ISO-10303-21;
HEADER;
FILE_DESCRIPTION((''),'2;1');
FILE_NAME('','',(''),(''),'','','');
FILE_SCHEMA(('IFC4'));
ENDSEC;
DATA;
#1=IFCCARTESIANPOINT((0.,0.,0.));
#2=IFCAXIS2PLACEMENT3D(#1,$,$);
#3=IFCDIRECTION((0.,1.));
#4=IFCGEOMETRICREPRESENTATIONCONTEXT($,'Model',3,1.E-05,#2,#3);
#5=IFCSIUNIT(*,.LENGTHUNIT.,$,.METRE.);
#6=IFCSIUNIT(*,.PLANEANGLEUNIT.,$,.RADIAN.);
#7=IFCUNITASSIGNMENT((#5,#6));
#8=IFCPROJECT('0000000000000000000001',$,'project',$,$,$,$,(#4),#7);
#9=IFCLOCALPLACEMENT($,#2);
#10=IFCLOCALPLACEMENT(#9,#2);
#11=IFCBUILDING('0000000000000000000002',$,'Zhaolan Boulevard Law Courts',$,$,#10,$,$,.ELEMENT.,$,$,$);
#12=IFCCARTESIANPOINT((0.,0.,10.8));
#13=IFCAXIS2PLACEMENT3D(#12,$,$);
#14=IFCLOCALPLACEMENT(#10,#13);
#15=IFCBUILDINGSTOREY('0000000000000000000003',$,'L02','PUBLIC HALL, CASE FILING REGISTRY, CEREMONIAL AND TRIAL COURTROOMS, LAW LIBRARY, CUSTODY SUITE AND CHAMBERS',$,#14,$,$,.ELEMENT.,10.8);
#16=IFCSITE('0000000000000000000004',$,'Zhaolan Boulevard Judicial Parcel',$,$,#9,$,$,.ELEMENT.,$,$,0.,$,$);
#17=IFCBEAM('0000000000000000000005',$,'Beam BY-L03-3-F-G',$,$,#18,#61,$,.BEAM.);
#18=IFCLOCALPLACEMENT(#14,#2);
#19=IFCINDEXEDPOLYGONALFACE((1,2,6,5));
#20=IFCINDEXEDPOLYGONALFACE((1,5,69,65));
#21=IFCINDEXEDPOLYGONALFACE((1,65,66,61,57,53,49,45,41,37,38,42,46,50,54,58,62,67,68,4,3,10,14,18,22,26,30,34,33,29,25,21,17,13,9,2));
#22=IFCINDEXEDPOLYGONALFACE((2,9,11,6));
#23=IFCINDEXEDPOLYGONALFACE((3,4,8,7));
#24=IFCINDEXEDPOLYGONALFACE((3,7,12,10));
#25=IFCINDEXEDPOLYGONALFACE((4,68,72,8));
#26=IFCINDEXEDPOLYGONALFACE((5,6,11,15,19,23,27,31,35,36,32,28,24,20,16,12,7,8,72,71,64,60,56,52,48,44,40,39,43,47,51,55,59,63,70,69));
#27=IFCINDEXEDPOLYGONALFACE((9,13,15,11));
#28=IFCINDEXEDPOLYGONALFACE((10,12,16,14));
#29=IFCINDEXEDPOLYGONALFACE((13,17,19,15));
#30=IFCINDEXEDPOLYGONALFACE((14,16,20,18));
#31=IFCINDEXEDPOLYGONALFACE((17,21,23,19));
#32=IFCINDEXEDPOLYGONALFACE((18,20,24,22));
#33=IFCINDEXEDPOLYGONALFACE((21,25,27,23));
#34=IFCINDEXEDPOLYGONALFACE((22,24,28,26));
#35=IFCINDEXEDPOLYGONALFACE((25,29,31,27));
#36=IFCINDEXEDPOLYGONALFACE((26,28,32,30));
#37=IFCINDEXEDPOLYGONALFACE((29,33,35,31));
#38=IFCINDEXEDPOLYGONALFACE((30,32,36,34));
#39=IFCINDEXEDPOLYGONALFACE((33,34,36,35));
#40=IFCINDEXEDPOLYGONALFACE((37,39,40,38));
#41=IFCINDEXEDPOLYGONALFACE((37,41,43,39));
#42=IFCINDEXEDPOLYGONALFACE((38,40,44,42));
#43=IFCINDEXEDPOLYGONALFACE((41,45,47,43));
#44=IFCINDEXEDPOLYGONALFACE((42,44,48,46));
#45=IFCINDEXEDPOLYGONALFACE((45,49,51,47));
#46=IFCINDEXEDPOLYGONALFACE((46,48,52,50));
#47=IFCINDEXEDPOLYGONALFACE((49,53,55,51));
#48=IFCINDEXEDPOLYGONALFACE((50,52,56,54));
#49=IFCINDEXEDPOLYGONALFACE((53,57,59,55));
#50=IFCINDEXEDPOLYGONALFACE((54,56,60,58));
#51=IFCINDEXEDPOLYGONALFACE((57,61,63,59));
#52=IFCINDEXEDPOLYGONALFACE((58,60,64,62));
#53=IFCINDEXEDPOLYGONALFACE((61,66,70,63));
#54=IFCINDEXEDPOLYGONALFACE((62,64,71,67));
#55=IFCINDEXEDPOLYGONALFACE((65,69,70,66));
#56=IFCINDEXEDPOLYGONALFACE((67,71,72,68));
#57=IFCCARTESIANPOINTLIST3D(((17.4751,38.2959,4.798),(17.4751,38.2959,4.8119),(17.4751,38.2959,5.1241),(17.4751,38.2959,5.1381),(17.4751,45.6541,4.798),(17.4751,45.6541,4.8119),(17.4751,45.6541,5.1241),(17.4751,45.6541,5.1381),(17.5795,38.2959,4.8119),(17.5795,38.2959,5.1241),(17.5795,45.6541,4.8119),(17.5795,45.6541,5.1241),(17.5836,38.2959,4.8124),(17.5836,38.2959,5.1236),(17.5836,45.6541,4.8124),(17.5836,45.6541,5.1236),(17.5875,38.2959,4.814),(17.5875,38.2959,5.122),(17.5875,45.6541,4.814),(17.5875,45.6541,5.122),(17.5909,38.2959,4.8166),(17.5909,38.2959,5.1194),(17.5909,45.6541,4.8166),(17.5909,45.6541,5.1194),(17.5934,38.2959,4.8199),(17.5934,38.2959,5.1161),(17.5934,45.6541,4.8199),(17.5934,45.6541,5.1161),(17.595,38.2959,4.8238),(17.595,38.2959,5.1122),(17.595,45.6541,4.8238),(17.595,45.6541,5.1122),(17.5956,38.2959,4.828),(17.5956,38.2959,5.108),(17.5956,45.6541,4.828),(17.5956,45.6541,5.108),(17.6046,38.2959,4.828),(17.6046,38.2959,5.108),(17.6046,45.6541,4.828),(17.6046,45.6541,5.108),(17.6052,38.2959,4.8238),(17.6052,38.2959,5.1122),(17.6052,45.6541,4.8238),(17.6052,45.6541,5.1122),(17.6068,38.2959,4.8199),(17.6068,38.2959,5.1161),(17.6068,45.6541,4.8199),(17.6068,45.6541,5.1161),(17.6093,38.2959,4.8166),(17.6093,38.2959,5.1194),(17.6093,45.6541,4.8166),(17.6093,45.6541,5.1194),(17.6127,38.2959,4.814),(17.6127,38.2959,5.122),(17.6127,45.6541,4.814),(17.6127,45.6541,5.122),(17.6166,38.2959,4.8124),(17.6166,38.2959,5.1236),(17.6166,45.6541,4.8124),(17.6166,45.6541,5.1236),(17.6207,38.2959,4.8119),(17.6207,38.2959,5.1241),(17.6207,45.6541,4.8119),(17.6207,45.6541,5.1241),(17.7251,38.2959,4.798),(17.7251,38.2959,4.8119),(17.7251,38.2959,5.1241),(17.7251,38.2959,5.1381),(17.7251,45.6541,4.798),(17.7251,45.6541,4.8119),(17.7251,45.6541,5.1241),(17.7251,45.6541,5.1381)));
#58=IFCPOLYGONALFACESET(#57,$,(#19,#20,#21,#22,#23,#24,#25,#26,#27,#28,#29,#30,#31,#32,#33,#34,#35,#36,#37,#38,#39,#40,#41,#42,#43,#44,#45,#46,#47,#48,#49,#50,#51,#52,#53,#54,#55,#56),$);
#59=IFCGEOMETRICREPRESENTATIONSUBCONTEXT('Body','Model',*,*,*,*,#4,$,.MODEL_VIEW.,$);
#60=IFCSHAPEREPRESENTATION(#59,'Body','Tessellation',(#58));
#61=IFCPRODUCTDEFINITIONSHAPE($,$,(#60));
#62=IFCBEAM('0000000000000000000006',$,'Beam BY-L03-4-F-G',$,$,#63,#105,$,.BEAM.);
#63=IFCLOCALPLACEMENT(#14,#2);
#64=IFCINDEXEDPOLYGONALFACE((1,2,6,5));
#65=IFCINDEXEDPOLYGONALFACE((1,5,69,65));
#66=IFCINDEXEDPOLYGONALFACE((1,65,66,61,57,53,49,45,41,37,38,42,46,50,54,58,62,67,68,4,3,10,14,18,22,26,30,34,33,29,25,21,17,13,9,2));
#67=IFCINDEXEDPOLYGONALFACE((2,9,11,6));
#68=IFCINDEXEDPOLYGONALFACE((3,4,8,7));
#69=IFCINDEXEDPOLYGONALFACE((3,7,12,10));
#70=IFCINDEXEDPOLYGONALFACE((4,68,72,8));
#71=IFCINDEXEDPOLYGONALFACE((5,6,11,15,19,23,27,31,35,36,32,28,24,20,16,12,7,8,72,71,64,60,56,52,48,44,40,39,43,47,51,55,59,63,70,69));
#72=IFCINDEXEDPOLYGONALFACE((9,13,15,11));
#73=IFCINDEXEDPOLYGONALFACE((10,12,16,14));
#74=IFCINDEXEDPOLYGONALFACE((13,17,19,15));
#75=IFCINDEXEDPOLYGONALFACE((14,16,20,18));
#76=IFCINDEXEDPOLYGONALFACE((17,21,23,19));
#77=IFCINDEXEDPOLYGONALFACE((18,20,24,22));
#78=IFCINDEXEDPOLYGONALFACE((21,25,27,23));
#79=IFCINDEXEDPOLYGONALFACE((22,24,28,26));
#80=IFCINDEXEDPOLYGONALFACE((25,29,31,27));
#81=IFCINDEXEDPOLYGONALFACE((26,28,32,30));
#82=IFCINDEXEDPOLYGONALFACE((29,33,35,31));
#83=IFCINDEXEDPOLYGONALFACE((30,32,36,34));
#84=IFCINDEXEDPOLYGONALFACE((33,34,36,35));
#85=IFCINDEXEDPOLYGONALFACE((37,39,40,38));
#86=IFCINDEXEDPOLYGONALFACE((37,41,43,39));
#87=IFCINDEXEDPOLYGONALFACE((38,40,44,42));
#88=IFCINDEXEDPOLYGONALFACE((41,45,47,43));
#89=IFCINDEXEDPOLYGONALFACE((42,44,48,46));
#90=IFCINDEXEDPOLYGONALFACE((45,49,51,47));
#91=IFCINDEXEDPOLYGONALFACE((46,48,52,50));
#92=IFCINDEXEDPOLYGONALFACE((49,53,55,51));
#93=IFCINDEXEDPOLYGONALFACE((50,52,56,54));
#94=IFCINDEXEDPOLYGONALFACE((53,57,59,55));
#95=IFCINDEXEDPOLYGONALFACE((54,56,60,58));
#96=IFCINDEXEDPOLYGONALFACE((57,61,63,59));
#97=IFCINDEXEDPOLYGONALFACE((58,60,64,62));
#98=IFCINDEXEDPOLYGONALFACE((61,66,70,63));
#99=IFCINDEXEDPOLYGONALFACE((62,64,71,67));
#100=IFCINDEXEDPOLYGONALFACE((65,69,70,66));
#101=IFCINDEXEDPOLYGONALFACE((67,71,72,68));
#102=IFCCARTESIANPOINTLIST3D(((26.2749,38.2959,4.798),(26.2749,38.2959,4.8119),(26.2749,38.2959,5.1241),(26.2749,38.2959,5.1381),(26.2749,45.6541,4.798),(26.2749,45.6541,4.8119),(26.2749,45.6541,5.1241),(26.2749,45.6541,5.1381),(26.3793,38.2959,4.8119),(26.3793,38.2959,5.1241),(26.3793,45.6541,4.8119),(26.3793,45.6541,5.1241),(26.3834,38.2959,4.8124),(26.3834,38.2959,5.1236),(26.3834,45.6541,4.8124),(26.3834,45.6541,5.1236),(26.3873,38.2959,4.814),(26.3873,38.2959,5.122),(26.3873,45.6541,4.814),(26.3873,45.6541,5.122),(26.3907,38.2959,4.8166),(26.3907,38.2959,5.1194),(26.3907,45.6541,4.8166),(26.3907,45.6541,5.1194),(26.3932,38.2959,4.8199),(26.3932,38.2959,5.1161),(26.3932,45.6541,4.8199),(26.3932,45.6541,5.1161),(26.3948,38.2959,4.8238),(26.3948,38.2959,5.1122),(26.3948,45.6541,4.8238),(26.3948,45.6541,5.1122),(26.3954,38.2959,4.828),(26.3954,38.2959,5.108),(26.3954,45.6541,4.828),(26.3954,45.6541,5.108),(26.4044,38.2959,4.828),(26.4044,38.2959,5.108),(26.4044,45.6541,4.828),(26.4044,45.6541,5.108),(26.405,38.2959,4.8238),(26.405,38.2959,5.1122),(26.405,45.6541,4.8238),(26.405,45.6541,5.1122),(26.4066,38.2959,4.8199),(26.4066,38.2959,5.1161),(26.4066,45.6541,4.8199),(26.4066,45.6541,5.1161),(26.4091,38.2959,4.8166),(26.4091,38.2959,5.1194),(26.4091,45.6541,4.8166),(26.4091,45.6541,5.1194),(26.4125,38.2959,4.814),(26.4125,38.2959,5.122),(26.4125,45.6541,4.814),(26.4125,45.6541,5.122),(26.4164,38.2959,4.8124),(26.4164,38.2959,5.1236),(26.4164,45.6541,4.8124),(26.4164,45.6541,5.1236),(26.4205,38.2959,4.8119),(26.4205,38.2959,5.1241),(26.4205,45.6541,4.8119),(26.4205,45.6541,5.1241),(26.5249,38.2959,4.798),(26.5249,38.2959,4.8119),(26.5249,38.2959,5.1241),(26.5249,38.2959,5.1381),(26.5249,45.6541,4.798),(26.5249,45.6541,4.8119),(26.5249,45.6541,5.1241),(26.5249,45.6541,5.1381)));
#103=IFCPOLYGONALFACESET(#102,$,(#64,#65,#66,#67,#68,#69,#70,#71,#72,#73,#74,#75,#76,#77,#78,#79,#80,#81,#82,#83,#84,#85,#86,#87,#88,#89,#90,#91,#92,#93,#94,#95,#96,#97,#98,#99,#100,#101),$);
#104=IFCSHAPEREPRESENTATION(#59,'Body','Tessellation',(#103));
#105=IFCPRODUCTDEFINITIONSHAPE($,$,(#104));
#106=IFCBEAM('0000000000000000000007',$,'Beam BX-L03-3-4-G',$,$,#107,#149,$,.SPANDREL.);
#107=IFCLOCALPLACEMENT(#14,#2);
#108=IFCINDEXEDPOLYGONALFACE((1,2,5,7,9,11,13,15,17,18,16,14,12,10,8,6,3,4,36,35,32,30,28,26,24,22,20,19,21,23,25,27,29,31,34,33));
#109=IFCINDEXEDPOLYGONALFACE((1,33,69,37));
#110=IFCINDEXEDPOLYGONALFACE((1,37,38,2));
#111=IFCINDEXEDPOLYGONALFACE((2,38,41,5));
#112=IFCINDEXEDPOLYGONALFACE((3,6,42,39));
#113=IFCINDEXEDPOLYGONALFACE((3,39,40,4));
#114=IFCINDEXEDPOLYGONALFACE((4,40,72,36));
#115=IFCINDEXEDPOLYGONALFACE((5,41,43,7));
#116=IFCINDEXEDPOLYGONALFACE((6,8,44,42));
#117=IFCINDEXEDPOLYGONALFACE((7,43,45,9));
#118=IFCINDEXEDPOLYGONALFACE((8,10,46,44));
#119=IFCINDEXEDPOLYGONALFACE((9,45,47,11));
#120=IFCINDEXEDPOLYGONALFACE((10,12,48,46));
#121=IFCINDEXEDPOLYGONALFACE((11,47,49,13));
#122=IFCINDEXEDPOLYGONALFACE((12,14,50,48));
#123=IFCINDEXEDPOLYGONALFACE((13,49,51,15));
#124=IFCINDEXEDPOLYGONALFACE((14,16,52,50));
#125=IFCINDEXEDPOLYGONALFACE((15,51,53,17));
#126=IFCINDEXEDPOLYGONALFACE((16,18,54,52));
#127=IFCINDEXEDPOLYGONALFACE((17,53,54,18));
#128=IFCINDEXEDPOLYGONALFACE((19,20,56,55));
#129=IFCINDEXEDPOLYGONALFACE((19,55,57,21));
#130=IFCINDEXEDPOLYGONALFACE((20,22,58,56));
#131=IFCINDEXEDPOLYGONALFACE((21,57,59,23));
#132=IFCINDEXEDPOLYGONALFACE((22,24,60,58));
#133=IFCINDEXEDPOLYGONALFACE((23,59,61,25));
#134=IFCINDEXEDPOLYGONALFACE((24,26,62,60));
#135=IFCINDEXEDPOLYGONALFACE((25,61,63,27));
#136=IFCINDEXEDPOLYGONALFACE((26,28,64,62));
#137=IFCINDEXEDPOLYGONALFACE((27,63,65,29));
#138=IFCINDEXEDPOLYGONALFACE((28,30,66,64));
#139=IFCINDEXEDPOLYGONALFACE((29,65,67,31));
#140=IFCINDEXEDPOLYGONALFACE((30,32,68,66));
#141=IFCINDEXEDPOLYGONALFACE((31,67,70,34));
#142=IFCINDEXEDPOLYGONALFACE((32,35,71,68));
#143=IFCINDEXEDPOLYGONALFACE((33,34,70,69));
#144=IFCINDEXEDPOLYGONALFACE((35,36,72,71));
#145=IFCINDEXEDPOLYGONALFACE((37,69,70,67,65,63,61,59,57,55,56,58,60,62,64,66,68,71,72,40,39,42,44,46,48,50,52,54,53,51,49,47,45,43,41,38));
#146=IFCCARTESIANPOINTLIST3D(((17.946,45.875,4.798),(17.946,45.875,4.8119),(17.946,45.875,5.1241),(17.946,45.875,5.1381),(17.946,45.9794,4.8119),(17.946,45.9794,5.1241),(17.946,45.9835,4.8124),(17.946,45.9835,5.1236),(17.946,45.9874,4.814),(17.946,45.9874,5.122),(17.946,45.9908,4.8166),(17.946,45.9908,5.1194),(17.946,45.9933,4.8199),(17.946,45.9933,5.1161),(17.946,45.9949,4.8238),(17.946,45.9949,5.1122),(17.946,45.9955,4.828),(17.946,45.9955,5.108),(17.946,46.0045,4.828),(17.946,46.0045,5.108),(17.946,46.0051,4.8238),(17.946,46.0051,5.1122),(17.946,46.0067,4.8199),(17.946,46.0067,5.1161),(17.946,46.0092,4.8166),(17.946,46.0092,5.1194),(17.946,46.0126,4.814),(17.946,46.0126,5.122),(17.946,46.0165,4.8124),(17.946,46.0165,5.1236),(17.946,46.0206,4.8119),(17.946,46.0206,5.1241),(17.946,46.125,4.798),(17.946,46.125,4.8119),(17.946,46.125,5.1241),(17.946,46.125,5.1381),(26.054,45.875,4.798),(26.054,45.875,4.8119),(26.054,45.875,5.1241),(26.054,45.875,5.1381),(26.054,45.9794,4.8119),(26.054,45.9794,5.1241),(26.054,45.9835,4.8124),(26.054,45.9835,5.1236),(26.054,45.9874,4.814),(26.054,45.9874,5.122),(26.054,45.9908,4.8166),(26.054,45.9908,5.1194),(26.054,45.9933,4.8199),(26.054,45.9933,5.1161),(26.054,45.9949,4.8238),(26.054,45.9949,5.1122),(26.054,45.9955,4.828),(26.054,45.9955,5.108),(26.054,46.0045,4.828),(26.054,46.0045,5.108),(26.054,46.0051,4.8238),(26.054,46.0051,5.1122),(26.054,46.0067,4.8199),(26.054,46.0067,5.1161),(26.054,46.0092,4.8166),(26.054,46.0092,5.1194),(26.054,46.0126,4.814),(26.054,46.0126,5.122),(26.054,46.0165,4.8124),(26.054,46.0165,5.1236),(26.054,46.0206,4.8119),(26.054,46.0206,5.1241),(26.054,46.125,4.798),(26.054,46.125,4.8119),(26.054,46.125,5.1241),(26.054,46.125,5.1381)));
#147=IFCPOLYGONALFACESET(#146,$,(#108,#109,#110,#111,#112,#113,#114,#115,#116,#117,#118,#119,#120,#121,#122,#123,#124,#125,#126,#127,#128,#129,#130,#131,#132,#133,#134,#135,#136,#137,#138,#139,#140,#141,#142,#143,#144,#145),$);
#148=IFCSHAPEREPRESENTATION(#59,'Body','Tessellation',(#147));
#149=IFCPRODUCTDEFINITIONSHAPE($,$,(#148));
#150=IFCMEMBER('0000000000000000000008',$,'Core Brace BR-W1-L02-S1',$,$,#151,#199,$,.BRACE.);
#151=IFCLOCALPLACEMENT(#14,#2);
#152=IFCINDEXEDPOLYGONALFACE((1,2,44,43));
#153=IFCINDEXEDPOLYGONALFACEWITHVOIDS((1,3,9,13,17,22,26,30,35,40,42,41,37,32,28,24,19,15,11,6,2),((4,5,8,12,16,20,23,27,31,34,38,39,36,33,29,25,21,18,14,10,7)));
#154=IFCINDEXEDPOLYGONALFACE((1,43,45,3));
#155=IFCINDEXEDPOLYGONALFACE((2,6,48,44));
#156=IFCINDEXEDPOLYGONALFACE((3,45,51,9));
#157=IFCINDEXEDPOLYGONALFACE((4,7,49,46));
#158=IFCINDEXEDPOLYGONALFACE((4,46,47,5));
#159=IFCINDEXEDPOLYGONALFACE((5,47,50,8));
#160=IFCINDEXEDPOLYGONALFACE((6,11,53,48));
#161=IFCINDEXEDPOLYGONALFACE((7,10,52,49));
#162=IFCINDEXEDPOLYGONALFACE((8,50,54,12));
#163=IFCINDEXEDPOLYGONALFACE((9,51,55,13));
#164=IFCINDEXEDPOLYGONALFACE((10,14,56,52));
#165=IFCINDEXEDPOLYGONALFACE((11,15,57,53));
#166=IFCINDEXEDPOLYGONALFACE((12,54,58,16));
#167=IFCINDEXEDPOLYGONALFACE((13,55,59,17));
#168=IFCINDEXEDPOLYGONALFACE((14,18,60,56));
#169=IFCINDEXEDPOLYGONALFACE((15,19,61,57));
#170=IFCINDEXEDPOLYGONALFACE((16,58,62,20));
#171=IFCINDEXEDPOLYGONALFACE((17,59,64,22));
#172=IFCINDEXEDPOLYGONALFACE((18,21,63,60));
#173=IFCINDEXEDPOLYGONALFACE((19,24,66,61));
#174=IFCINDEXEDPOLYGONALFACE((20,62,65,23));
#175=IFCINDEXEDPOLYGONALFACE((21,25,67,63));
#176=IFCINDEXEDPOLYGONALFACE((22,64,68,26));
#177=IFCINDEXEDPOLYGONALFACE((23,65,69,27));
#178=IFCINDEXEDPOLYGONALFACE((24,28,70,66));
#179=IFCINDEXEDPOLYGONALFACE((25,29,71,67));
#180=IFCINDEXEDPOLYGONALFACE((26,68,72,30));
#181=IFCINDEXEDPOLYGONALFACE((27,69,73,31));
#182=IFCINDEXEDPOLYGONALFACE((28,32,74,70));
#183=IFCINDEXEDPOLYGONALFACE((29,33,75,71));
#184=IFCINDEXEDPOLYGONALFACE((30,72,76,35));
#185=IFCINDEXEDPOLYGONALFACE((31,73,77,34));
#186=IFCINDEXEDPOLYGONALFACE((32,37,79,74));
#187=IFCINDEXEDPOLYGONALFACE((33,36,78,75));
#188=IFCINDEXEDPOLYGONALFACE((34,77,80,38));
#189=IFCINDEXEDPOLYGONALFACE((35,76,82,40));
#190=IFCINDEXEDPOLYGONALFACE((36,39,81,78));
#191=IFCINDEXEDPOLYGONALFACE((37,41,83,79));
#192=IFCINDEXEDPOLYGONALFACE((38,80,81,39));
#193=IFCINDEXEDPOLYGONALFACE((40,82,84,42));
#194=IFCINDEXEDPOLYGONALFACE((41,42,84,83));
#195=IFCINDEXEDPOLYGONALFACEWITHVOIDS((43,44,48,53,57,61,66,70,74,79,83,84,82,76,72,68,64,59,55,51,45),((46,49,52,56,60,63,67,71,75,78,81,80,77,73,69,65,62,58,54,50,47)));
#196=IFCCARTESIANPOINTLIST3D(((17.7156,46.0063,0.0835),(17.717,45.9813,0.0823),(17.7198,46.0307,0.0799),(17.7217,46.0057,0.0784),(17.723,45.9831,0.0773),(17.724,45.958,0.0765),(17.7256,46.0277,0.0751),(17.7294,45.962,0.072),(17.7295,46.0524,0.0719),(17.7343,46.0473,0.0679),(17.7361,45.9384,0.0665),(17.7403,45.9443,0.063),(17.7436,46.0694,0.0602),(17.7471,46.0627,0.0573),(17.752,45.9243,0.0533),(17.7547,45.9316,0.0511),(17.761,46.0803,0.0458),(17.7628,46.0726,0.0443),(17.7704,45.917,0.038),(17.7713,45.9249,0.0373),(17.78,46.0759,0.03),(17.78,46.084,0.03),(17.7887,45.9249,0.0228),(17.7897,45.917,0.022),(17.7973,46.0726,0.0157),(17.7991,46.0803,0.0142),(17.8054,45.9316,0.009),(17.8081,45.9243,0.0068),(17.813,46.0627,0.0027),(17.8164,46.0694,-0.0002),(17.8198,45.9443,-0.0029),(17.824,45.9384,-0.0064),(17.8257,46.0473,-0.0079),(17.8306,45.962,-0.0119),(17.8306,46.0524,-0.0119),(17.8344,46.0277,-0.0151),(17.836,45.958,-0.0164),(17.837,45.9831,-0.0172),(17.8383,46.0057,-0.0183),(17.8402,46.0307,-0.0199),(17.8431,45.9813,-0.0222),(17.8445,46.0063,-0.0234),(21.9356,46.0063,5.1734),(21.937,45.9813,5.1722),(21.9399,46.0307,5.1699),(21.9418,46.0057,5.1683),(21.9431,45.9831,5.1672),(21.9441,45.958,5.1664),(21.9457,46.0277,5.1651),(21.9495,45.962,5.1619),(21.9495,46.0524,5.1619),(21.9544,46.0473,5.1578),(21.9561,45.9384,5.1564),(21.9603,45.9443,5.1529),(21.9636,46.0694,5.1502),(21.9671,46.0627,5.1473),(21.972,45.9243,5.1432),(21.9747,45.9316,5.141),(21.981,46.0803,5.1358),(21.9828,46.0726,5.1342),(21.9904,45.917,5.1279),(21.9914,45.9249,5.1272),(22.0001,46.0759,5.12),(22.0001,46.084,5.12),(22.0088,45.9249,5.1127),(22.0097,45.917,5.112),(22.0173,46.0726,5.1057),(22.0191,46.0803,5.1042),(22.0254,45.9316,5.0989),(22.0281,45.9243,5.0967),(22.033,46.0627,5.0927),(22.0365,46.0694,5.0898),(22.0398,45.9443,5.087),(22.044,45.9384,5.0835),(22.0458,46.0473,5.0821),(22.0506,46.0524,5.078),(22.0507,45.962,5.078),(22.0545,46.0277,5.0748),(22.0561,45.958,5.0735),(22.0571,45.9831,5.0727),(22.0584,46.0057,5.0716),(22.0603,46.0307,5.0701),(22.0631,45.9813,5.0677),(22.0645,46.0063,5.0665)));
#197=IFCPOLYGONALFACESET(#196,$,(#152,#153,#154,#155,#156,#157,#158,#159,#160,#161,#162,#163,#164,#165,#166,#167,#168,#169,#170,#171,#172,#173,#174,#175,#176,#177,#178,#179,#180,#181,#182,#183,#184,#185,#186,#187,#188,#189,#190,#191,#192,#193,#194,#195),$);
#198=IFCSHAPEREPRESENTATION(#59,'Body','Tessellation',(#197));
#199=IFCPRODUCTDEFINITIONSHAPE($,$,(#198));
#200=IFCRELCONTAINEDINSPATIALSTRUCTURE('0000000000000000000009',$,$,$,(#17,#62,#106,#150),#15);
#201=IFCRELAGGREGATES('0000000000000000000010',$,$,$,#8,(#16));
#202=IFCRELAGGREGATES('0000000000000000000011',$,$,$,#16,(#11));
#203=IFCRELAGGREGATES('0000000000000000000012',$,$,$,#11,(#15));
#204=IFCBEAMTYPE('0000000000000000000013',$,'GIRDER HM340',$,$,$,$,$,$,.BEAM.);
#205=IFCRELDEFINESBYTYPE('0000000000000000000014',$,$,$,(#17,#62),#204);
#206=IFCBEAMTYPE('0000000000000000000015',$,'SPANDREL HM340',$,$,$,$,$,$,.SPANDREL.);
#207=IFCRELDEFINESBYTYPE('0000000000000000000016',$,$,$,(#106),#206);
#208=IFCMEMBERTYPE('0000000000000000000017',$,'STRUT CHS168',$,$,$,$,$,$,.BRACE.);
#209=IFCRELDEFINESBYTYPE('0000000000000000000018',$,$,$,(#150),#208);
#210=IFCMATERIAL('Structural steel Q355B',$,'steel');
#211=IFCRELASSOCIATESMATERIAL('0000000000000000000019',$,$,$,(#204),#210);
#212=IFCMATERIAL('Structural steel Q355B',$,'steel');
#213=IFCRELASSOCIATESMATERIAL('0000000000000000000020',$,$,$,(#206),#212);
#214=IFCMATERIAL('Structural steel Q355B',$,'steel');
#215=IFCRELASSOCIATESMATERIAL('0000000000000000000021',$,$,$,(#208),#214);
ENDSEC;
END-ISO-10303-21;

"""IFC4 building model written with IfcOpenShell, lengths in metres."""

from ifc_helpers import new_model, si_unit, direction, frame, origin, origin_2d, place, context, subcontext, project, spatial, hollow_circle, i_section, extrude, material, material_profile, profile_set, type_object, element, save


model = new_model("IFC4")

# Units and contexts
model_context = context("Model", 3, precision=1e-05, world=origin(), true_north=direction((0.0, 1.0)))
body_context = subcontext(model_context, "Body", "Model", "MODEL_VIEW")
ifc_project = project(units=[si_unit("LENGTHUNIT", "METRE"), si_unit("PLANEANGLEUNIT", "RADIAN")], contexts=[model_context])

# Site, building, storey
site_placement = place(None, origin())
site = spatial("IfcSite", under=ifc_project, at=site_placement, Name="Zhaolan Boulevard Judicial Parcel", CompositionType="ELEMENT", RefElevation=0.0)
building_placement = place(site_placement, origin())
building = spatial("IfcBuilding", under=site, at=building_placement, Name="Zhaolan Boulevard Law Courts", CompositionType="ELEMENT")
storey_placement = place(building_placement, frame((0.0, 0.0, 10.8)))
storey = spatial("IfcBuildingStorey", under=building, at=storey_placement, Name="L02", Description="PUBLIC HALL, CASE FILING REGISTRY, CEREMONIAL AND TRIAL COURTROOMS, LAW LIBRARY, CUSTODY SUITE AND CHAMBERS", CompositionType="ELEMENT", Elevation=10.8)

# Beams
ifc_material_1 = material(Name="Structural steel Q355B", Category="steel")
ifc_material_profile_1 = material_profile(ifc_material_1, i_section(OverallWidth=0.25, OverallDepth=0.3401, WebThickness=0.009, FlangeThickness=0.0139, FilletRadius=0.0161, at=origin_2d()), Name="HM340x250")
ifc_profile_set_1 = profile_set([ifc_material_profile_1], Name="Structural steel Q355B")
beam_type_1 = type_object("IfcBeamType", Name="GIRDER HM340", PredefinedType="BEAM", material=ifc_profile_set_1)
for number, where, z_axis, x_axis, name in (
    (1, (17.6001, 38.2959, 4.968), (0.0, 1.0, 0.0), (-1.0, 0.0, 0.0), "Beam BY-L03-3-F-G"),
    (2, (26.3999, 38.2959, 4.968), (0.0, 1.0, 0.0), (-1.0, 0.0, 0.0), "Beam BY-L03-4-F-G"),
):
    element("IfcBeam", number, at=place(storey_placement, frame(where, z_axis=z_axis, x_axis=x_axis)), inside=storey, type_object=beam_type_1, Name=name, PredefinedType="BEAM", context=body_context, shape_type="SweptSolid", body=[
        extrude(i_section(OverallWidth=0.25, OverallDepth=0.3401, WebThickness=0.009, FlangeThickness=0.0139, FilletRadius=0.0161, at=origin_2d()), origin(), (0.0, 0.0, 1.0), 7.3582),
    ])
ifc_material_2 = material(Name="Structural steel Q355B", Category="steel")
ifc_material_profile_2 = material_profile(ifc_material_2, i_section(OverallWidth=0.25, OverallDepth=0.3401, WebThickness=0.009, FlangeThickness=0.0139, FilletRadius=0.0161, at=origin_2d()), Name="HM340x250")
ifc_profile_set_2 = profile_set([ifc_material_profile_2], Name="Structural steel Q355B")
beam_type_2 = type_object("IfcBeamType", Name="SPANDREL HM340", PredefinedType="SPANDREL", material=ifc_profile_set_2)
beam_placement = place(storey_placement, frame((17.946, 46.0, 4.968), z_axis=(1.0, 0.0, 0.0), x_axis=(0.0, 1.0, 0.0)))
element("IfcBeam", 3, at=beam_placement, inside=storey, type_object=beam_type_2, Name="Beam BX-L03-3-4-G", PredefinedType="SPANDREL", context=body_context, shape_type="SweptSolid", body=[
    extrude(i_section(OverallWidth=0.25, OverallDepth=0.3401, WebThickness=0.009, FlangeThickness=0.0139, FilletRadius=0.0161, at=origin_2d()), origin(), (0.0, 0.0, 1.0), 8.1079),
])

# Member
ifc_material_3 = material(Name="Structural steel Q355B", Category="steel")
ifc_material_profile_3 = material_profile(ifc_material_3, hollow_circle(Radius=0.084, WallThickness=0.0081, at=origin_2d()), Name="CHS168x8")
ifc_profile_set_3 = profile_set([ifc_material_profile_3], Name="Structural steel Q355B")
member_type_1 = type_object("IfcMemberType", Name="STRUT CHS168", PredefinedType="BRACE", material=ifc_profile_set_3)
member_1_placement = place(storey_placement, frame((17.78, 46.0, 0.03), z_axis=(0.638257, 0.0, 0.769823), x_axis=(0.0, 1.0, 0.0)))
element("IfcMember", 4, at=member_1_placement, inside=storey, type_object=member_type_1, Name="Core Brace BR-W1-L02-S1", PredefinedType="BRACE", context=body_context, shape_type="SweptSolid", body=[
    extrude(hollow_circle(Radius=0.084, WallThickness=0.0081, at=origin_2d()), origin(), (0.0, 0.0, 1.0), 6.6118),
])

save(model, "model.ifc")
